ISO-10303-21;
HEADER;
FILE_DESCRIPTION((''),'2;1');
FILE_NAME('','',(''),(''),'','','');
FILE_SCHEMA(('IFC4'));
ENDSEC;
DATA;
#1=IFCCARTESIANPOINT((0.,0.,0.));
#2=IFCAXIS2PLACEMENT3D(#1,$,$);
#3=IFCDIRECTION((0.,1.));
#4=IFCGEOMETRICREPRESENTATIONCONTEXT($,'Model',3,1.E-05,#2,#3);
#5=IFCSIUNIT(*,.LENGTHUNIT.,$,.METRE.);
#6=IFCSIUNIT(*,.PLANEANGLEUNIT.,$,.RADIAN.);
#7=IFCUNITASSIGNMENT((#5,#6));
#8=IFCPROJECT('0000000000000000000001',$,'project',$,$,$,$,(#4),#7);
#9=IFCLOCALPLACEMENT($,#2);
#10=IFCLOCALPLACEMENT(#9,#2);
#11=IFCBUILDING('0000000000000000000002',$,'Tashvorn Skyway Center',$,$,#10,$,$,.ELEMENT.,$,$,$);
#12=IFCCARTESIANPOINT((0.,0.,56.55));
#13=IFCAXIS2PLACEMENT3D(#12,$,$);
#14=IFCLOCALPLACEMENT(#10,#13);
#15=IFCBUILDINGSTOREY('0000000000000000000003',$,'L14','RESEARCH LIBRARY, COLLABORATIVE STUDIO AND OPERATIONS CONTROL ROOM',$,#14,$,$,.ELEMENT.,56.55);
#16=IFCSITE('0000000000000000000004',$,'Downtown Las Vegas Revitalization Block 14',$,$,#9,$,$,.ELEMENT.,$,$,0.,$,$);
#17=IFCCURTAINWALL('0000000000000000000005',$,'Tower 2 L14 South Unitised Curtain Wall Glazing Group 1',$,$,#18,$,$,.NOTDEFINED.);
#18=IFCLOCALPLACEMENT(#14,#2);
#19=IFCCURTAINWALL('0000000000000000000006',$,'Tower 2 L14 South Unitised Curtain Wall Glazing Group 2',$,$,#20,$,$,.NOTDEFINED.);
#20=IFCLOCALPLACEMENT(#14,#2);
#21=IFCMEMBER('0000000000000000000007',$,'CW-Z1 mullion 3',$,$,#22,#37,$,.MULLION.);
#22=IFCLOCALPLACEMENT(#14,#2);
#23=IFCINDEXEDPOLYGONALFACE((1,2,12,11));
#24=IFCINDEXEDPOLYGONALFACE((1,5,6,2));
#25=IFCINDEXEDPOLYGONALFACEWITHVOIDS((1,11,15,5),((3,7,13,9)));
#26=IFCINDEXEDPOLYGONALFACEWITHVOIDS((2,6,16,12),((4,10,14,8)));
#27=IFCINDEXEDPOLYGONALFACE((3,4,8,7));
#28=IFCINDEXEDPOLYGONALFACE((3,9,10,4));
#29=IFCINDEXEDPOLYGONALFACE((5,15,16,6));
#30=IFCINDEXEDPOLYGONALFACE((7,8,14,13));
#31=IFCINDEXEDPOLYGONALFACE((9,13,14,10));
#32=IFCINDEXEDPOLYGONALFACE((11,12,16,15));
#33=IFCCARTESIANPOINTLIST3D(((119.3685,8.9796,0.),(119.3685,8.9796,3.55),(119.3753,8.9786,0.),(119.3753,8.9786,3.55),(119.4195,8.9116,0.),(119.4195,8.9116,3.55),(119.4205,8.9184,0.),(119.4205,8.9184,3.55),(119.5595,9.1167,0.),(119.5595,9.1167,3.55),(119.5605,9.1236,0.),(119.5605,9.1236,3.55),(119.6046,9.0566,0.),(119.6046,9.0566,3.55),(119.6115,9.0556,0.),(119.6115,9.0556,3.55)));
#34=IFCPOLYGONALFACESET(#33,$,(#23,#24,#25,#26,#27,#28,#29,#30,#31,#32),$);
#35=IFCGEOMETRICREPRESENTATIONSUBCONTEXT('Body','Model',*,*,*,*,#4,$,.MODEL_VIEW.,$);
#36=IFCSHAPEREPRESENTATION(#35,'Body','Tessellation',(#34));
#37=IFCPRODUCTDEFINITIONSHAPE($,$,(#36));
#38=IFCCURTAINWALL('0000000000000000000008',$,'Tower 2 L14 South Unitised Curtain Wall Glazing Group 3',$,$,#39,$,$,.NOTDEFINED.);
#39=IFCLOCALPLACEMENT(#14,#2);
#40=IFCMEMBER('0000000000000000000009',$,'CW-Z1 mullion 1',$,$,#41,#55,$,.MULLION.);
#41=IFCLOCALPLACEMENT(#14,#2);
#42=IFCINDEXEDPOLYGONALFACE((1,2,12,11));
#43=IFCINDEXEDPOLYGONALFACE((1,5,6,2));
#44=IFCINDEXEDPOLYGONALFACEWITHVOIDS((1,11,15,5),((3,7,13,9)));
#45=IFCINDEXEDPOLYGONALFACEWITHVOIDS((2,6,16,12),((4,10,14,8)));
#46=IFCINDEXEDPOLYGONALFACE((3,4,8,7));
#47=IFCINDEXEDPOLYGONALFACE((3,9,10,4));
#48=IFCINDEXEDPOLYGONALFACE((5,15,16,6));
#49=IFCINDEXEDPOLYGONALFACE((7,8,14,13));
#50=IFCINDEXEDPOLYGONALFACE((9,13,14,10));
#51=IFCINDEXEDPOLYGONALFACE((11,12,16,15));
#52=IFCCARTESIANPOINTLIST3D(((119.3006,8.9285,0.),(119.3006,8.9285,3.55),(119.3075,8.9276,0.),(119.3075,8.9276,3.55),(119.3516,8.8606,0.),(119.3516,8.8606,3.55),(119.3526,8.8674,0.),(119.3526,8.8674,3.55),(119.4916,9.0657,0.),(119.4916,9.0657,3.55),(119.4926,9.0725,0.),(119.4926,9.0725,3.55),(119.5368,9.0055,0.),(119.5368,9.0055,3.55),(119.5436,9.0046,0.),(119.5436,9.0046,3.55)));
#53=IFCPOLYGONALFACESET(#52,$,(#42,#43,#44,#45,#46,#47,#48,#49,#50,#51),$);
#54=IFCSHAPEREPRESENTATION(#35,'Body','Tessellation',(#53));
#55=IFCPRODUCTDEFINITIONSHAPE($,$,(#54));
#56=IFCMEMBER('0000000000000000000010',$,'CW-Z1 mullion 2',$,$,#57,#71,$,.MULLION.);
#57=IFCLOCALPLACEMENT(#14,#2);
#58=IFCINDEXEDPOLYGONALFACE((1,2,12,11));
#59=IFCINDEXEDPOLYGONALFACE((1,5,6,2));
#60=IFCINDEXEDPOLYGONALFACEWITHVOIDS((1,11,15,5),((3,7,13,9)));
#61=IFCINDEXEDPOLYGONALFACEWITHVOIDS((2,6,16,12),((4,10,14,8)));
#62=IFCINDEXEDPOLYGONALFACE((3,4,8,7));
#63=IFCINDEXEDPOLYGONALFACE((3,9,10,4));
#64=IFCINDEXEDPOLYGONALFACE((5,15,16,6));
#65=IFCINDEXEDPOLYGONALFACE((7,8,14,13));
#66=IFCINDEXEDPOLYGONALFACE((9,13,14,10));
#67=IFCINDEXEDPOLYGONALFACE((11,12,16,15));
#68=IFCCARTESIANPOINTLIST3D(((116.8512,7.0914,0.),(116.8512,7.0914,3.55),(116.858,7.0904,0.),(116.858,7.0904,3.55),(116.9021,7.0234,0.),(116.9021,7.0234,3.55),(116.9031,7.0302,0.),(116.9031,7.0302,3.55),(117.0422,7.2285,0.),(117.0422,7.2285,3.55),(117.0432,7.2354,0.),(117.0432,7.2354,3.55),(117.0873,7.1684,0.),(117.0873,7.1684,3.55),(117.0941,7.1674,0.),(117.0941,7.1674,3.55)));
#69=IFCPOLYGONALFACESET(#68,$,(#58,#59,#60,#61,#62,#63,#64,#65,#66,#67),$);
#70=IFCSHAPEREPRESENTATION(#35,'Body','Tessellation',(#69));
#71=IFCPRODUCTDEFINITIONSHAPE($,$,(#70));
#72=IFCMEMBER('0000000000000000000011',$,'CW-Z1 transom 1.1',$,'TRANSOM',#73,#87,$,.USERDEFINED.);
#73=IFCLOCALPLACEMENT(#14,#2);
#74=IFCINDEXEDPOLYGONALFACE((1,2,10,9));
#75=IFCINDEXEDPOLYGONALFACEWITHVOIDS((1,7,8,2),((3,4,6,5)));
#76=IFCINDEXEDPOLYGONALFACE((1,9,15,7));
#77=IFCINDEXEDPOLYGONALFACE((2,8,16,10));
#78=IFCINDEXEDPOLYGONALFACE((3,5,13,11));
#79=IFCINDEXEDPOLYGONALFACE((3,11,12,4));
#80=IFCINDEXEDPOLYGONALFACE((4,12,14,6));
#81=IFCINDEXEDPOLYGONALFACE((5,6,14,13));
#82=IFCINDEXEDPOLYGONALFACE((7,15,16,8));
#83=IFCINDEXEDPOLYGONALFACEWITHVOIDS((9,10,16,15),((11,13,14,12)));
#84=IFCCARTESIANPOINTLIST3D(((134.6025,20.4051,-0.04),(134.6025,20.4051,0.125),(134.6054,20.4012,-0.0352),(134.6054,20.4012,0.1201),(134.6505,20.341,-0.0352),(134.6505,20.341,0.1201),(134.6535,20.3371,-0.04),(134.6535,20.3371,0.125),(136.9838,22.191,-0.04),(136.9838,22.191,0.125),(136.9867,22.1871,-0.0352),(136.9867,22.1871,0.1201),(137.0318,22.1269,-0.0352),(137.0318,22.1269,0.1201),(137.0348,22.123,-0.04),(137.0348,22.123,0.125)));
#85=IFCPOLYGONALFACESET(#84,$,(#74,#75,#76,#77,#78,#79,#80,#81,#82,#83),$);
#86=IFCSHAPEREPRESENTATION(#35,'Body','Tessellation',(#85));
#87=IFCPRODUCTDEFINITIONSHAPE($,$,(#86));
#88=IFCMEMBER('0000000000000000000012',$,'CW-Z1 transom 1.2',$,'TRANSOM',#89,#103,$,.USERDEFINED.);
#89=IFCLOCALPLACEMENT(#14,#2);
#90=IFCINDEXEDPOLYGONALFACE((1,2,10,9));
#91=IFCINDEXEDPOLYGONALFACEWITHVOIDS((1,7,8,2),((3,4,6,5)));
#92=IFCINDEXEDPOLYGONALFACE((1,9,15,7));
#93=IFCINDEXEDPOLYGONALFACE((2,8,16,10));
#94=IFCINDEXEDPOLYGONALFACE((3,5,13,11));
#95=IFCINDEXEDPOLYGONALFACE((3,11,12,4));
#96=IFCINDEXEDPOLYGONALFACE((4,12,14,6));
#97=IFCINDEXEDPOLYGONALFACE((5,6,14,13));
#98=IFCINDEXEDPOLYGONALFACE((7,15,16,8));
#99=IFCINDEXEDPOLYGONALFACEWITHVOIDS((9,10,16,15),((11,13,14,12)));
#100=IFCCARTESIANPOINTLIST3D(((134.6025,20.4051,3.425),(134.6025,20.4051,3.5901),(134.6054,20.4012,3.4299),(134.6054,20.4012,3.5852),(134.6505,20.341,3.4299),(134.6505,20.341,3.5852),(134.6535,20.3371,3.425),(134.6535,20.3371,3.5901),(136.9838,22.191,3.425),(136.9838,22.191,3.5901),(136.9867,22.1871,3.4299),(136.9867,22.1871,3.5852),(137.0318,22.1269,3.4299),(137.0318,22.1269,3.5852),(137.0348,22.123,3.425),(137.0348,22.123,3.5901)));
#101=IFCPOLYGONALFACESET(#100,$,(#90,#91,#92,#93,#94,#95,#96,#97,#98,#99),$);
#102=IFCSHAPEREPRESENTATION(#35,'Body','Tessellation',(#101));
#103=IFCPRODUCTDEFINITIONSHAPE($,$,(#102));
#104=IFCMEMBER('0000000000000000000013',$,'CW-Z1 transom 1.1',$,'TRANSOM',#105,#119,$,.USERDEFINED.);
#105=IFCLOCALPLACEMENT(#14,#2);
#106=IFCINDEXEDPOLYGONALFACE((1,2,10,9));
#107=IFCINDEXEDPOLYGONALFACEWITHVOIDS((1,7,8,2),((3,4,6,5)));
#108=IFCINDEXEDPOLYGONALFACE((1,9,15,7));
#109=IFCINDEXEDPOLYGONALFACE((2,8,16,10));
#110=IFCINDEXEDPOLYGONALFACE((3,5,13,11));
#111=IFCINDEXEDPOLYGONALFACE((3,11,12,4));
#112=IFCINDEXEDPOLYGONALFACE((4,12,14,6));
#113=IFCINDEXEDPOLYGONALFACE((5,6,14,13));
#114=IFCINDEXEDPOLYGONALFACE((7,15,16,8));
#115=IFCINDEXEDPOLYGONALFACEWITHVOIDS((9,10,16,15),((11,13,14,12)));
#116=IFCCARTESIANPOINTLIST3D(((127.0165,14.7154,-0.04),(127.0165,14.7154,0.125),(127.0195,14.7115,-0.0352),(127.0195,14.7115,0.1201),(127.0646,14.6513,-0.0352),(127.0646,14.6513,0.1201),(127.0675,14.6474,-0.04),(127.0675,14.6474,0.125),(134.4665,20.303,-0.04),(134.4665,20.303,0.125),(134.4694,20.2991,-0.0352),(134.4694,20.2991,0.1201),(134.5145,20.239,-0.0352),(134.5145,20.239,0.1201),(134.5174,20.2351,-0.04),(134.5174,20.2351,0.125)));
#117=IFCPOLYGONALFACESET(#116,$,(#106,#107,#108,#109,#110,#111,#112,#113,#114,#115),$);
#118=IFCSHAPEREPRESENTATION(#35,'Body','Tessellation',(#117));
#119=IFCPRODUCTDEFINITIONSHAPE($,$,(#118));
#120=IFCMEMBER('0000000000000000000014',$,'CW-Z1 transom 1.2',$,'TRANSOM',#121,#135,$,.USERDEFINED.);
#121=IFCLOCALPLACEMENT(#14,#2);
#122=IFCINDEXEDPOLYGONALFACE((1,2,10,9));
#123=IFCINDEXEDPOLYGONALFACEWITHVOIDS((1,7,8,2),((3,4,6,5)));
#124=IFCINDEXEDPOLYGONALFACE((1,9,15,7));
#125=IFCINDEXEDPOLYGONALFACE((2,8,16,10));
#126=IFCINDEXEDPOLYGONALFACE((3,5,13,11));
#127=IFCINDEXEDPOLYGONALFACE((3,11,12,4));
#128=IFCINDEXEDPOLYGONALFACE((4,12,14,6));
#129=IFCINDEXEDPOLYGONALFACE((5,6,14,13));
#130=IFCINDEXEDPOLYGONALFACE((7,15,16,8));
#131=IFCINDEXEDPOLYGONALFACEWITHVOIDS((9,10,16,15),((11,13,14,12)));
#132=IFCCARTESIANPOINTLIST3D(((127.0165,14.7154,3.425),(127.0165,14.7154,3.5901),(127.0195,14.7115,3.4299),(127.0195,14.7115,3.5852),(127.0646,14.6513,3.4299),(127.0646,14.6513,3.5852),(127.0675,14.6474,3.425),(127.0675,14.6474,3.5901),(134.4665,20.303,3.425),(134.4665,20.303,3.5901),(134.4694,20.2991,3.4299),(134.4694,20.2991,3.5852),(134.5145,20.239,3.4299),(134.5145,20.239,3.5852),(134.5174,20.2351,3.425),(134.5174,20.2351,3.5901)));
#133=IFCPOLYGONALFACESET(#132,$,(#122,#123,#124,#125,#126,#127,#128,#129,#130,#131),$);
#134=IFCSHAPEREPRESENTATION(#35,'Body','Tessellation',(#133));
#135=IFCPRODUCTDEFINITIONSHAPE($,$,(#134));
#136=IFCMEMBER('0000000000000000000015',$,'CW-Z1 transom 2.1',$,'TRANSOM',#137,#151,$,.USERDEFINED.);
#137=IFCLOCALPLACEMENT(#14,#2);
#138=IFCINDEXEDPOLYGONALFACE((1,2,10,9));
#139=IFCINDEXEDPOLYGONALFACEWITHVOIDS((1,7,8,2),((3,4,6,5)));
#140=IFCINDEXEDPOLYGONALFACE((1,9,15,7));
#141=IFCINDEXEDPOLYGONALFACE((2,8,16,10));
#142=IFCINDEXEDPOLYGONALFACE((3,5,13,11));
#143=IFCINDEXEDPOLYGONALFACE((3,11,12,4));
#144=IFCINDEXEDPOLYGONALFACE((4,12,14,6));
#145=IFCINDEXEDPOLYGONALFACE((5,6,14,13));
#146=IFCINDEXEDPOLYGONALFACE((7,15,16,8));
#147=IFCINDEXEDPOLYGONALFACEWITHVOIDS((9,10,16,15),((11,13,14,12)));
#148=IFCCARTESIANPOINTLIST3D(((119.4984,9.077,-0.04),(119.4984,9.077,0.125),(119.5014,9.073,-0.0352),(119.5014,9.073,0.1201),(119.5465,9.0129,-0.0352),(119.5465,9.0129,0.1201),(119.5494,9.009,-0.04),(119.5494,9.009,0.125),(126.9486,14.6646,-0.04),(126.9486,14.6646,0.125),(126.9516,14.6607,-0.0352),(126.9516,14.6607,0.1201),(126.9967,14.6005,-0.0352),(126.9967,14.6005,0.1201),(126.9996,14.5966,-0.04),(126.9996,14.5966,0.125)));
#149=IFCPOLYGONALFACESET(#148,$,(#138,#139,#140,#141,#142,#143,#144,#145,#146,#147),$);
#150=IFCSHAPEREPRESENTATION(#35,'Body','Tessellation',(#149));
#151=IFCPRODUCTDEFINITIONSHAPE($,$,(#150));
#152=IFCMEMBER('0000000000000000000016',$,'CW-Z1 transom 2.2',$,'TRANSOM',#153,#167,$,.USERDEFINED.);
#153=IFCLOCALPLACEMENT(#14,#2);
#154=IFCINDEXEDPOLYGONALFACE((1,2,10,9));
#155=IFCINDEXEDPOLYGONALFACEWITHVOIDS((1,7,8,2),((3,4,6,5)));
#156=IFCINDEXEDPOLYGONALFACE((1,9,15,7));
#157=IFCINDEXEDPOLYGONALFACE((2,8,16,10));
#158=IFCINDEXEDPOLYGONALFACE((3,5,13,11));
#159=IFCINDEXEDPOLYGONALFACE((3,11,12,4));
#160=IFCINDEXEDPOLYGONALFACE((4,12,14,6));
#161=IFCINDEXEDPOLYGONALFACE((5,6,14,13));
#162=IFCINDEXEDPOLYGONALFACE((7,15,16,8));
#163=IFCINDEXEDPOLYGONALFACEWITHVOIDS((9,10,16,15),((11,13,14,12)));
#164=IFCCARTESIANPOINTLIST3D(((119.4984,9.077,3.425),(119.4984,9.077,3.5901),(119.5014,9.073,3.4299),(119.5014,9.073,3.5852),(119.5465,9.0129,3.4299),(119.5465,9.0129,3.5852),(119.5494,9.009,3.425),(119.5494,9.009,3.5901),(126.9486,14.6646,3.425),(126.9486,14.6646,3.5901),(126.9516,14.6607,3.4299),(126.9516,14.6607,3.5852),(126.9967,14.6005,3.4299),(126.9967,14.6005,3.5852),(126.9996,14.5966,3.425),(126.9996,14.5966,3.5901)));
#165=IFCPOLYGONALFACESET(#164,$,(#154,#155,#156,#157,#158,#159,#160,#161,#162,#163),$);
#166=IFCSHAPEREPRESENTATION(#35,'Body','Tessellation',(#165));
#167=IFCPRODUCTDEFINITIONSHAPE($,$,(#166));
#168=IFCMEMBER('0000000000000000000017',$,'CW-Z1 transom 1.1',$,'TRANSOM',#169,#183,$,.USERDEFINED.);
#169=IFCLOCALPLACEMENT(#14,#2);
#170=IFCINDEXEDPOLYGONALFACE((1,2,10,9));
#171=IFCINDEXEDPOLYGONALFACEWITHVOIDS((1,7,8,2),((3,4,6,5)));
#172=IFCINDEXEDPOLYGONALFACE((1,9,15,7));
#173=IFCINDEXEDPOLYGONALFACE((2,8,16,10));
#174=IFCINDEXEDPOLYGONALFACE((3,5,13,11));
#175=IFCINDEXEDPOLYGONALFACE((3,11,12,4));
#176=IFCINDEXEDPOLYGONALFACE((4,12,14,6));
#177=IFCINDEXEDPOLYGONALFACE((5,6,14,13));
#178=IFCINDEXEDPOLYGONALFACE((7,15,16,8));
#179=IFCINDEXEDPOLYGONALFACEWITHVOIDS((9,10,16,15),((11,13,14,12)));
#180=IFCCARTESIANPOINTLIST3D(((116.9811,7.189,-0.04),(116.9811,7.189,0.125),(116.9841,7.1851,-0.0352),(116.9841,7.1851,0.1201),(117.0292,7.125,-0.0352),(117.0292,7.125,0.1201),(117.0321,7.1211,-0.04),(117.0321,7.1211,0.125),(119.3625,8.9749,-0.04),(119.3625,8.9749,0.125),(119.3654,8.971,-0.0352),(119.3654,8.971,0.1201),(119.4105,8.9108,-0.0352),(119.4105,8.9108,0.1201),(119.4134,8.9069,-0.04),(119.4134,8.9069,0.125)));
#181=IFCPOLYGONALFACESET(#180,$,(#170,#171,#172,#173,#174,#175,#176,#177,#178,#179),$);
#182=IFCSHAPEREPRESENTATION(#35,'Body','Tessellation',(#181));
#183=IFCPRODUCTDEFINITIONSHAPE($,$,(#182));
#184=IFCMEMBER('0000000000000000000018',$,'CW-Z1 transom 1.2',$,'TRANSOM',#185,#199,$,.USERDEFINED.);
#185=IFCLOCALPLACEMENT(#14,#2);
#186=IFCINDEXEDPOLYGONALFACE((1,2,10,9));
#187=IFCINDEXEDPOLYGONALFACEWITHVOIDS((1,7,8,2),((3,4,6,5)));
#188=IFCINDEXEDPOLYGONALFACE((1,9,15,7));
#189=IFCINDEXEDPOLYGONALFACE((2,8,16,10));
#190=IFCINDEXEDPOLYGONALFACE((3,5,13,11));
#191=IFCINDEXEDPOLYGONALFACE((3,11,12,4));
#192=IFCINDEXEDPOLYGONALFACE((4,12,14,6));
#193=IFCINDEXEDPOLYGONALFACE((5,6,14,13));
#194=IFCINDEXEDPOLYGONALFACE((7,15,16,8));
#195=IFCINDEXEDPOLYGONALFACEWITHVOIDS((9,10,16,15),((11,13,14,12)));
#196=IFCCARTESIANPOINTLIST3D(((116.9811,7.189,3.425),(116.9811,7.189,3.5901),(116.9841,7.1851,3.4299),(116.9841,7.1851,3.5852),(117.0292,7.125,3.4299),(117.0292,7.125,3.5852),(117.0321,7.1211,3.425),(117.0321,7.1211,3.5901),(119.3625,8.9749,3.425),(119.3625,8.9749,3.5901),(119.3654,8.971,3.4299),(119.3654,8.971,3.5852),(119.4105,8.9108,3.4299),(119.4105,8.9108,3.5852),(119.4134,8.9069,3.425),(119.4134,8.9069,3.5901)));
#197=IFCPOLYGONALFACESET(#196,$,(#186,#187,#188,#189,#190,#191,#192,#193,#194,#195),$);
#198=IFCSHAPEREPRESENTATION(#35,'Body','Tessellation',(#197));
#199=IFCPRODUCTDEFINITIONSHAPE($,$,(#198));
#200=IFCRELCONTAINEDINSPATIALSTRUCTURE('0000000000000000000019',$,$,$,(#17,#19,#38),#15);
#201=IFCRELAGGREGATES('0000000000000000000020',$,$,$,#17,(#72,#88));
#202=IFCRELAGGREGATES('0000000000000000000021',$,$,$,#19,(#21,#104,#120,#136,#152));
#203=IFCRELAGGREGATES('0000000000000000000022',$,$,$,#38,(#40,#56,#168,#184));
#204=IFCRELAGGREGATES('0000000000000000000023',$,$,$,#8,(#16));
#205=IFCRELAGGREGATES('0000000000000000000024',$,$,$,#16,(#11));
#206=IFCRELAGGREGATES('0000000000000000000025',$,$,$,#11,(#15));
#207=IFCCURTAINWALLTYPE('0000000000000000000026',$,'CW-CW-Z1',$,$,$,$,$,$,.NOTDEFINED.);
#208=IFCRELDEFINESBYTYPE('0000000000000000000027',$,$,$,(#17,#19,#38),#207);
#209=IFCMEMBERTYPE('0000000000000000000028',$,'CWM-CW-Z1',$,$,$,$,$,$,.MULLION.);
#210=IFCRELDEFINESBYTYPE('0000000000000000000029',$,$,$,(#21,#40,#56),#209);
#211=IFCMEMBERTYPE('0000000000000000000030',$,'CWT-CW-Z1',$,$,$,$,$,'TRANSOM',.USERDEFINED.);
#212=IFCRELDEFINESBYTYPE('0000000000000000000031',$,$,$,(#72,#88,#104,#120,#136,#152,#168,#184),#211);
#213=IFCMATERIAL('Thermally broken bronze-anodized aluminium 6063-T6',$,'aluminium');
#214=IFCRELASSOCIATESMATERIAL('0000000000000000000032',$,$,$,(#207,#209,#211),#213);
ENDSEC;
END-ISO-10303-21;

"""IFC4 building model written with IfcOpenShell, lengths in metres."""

from ifc_helpers import new_model, si_unit, direction, frame, origin, origin_2d, place, context, subcontext, project, spatial, hollow_rectangle, extrude, material, material_profile, profile_set, type_object, element, aggregate, save


model = new_model("IFC4")

# Units and contexts
model_context = context("Model", 3, precision=1e-05, world=origin(), true_north=direction((0.0, 1.0)))
body_context = subcontext(model_context, "Body", "Model", "MODEL_VIEW")
ifc_project = project(units=[si_unit("LENGTHUNIT", "METRE"), si_unit("PLANEANGLEUNIT", "RADIAN")], contexts=[model_context])

# Site, building, storey
site_placement = place(None, origin())
site = spatial("IfcSite", under=ifc_project, at=site_placement, Name="Downtown Las Vegas Revitalization Block 14", CompositionType="ELEMENT", RefElevation=0.0)
building_placement = place(site_placement, origin())
building = spatial("IfcBuilding", under=site, at=building_placement, Name="Tashvorn Skyway Center", CompositionType="ELEMENT")
storey_placement = place(building_placement, frame((0.0, 0.0, 56.55)))
storey = spatial("IfcBuildingStorey", under=building, at=storey_placement, Name="L14", Description="RESEARCH LIBRARY, COLLABORATIVE STUDIO AND OPERATIONS CONTROL ROOM", CompositionType="ELEMENT", Elevation=56.55)

# Curtain wall
ifc_material_1 = material(Name="Thermally broken bronze-anodized aluminium 6063-T6", Category="aluminium")
curtain_wall_type = type_object("IfcCurtainWallType", Name="CW-CW-Z1", PredefinedType="NOTDEFINED", material=ifc_material_1)
curtain_wall_1_placement = place(storey_placement, origin())
curtain_wall_1 = element("IfcCurtainWall", 1, at=curtain_wall_1_placement, inside=storey, type_object=curtain_wall_type, Name="Tower 2 L14 South Unitised Curtain Wall Glazing Group 1", PredefinedType="NOTDEFINED")
ifc_material_profile_1 = material_profile(ifc_material_1, hollow_rectangle(XDim=0.085, YDim=0.24, WallThickness=0.0049, at=origin_2d()), Name="ALU-MULL-85x240")
ifc_profile_set_1 = profile_set([ifc_material_profile_1], Name="Thermally broken bronze-anodized aluminium 6063-T6")
member_type_1 = type_object("IfcMemberType", Name="CWM-CW-Z1", PredefinedType="MULLION", material=ifc_profile_set_1)

# Curtain walls, members
curtain_wall_2_placement = place(storey_placement, origin())
curtain_wall_2 = element("IfcCurtainWall", 2, at=curtain_wall_2_placement, inside=storey, type_object=curtain_wall_type, Name="Tower 2 L14 South Unitised Curtain Wall Glazing Group 2", PredefinedType="NOTDEFINED")
member_1_placement = place(storey_placement, frame((119.49, 9.0176, 0.0), z_axis=(0.0, 0.0, 1.0), x_axis=(0.6, -0.8, 0.0)))
member_1 = element("IfcMember", 3, at=member_1_placement, type_object=member_type_1, Name="CW-Z1 mullion 3", PredefinedType="MULLION", context=body_context, shape_type="SweptSolid", body=[
    extrude(hollow_rectangle(XDim=0.085, YDim=0.24, WallThickness=0.0049, at=origin_2d()), origin(), (0.0, 0.0, 1.0), 3.55),
])
curtain_wall_3_placement = place(storey_placement, origin())
curtain_wall_3 = element("IfcCurtainWall", 4, at=curtain_wall_3_placement, inside=storey, type_object=curtain_wall_type, Name="Tower 2 L14 South Unitised Curtain Wall Glazing Group 3", PredefinedType="NOTDEFINED")
member_2_placement = place(storey_placement, frame((119.4221, 8.9666, 0.0), z_axis=(0.0, 0.0, 1.0), x_axis=(0.600005, -0.799996, 0.0)))
member_2 = element("IfcMember", 5, at=member_2_placement, type_object=member_type_1, Name="CW-Z1 mullion 1", PredefinedType="MULLION", context=body_context, shape_type="SweptSolid", body=[
    extrude(hollow_rectangle(XDim=0.085, YDim=0.24, WallThickness=0.0049, at=origin_2d()), origin(), (0.0, 0.0, 1.0), 3.55),
])
member_3_placement = place(storey_placement, frame((116.9727, 7.1294, 0.0), z_axis=(0.0, 0.0, 1.0), x_axis=(0.600005, -0.799996, 0.0)))
member_3 = element("IfcMember", 6, at=member_3_placement, type_object=member_type_1, Name="CW-Z1 mullion 2", PredefinedType="MULLION", context=body_context, shape_type="SweptSolid", body=[
    extrude(hollow_rectangle(XDim=0.085, YDim=0.24, WallThickness=0.0049, at=origin_2d()), origin(), (0.0, 0.0, 1.0), 3.55),
])

# Members
ifc_material_profile_2 = material_profile(ifc_material_1, hollow_rectangle(XDim=0.085, YDim=0.165, WallThickness=0.0049, at=origin_2d()), Name="ALU-TRAN-85x165")
ifc_profile_set_2 = profile_set([ifc_material_profile_2], Name="Thermally broken bronze-anodized aluminium 6063-T6")
member_type_2 = type_object("IfcMemberType", Name="CWT-CW-Z1", ElementType="TRANSOM", PredefinedType="USERDEFINED", material=ifc_profile_set_2)
member_4_placement = place(storey_placement, frame((137.0093, 22.157, 0.0425), z_axis=(-0.80002, -0.599974, 0.0), x_axis=(0.599974, -0.80002, 0.0)))
member_4 = element("IfcMember", 7, at=member_4_placement, type_object=member_type_2, Name="CW-Z1 transom 1.1", ObjectType="TRANSOM", PredefinedType="USERDEFINED", context=body_context, shape_type="SweptSolid", body=[
    extrude(hollow_rectangle(XDim=0.085, YDim=0.165, WallThickness=0.0049, at=origin_2d()), origin(), (0.0, 0.0, 1.0), 2.9766),
])
member_5_placement = place(storey_placement, frame((137.0093, 22.157, 3.5076), z_axis=(-0.80002, -0.599974, 0.0), x_axis=(0.599974, -0.80002, 0.0)))
member_5 = element("IfcMember", 8, at=member_5_placement, type_object=member_type_2, Name="CW-Z1 transom 1.2", ObjectType="TRANSOM", PredefinedType="USERDEFINED", context=body_context, shape_type="SweptSolid", body=[
    extrude(hollow_rectangle(XDim=0.085, YDim=0.165, WallThickness=0.0049, at=origin_2d()), origin(), (0.0, 0.0, 1.0), 2.9766),
])
member_6_placement = place(storey_placement, frame((134.4919, 20.269, 0.0425), z_axis=(-0.799991, -0.600013, 0.0), x_axis=(0.600013, -0.799991, 0.0)))
member_6 = element("IfcMember", 9, at=member_6_placement, type_object=member_type_2, Name="CW-Z1 transom 1.1", ObjectType="TRANSOM", PredefinedType="USERDEFINED", context=body_context, shape_type="SweptSolid", body=[
    extrude(hollow_rectangle(XDim=0.085, YDim=0.165, WallThickness=0.0049, at=origin_2d()), origin(), (0.0, 0.0, 1.0), 9.3125),
])
member_7_placement = place(storey_placement, frame((134.4919, 20.269, 3.5076), z_axis=(-0.799991, -0.600013, 0.0), x_axis=(0.600013, -0.799991, 0.0)))
member_7 = element("IfcMember", 10, at=member_7_placement, type_object=member_type_2, Name="CW-Z1 transom 1.2", ObjectType="TRANSOM", PredefinedType="USERDEFINED", context=body_context, shape_type="SweptSolid", body=[
    extrude(hollow_rectangle(XDim=0.085, YDim=0.165, WallThickness=0.0049, at=origin_2d()), origin(), (0.0, 0.0, 1.0), 9.3125),
])
member_8_placement = place(storey_placement, frame((126.9741, 14.6306, 0.0425), z_axis=(-0.8, -0.6, 0.0), x_axis=(0.6, -0.8, 0.0)))
member_8 = element("IfcMember", 11, at=member_8_placement, type_object=member_type_2, Name="CW-Z1 transom 2.1", ObjectType="TRANSOM", PredefinedType="USERDEFINED", context=body_context, shape_type="SweptSolid", body=[
    extrude(hollow_rectangle(XDim=0.085, YDim=0.165, WallThickness=0.0049, at=origin_2d()), origin(), (0.0, 0.0, 1.0), 9.3127),
])
member_9_placement = place(storey_placement, frame((126.9741, 14.6306, 3.5076), z_axis=(-0.8, -0.6, 0.0), x_axis=(0.6, -0.8, 0.0)))
member_9 = element("IfcMember", 12, at=member_9_placement, type_object=member_type_2, Name="CW-Z1 transom 2.2", ObjectType="TRANSOM", PredefinedType="USERDEFINED", context=body_context, shape_type="SweptSolid", body=[
    extrude(hollow_rectangle(XDim=0.085, YDim=0.165, WallThickness=0.0049, at=origin_2d()), origin(), (0.0, 0.0, 1.0), 9.3127),
])
member_10_placement = place(storey_placement, frame((119.3879, 8.9409, 0.0425), z_axis=(-0.80002, -0.599974, 0.0), x_axis=(0.599974, -0.80002, 0.0)))
member_10 = element("IfcMember", 13, at=member_10_placement, type_object=member_type_2, Name="CW-Z1 transom 1.1", ObjectType="TRANSOM", PredefinedType="USERDEFINED", context=body_context, shape_type="SweptSolid", body=[
    extrude(hollow_rectangle(XDim=0.085, YDim=0.165, WallThickness=0.0049, at=origin_2d()), origin(), (0.0, 0.0, 1.0), 2.9766),
])
member_11_placement = place(storey_placement, frame((119.3879, 8.9409, 3.5076), z_axis=(-0.80002, -0.599974, 0.0), x_axis=(0.599974, -0.80002, 0.0)))
member_11 = element("IfcMember", 14, at=member_11_placement, type_object=member_type_2, Name="CW-Z1 transom 1.2", ObjectType="TRANSOM", PredefinedType="USERDEFINED", context=body_context, shape_type="SweptSolid", body=[
    extrude(hollow_rectangle(XDim=0.085, YDim=0.165, WallThickness=0.0049, at=origin_2d()), origin(), (0.0, 0.0, 1.0), 2.9766),
])

aggregate(curtain_wall_1, [member_4, member_5])
aggregate(curtain_wall_2, [member_1, member_6, member_7, member_8, member_9])
aggregate(curtain_wall_3, [member_2, member_3, member_10, member_11])

save(model, "model.ifc")
